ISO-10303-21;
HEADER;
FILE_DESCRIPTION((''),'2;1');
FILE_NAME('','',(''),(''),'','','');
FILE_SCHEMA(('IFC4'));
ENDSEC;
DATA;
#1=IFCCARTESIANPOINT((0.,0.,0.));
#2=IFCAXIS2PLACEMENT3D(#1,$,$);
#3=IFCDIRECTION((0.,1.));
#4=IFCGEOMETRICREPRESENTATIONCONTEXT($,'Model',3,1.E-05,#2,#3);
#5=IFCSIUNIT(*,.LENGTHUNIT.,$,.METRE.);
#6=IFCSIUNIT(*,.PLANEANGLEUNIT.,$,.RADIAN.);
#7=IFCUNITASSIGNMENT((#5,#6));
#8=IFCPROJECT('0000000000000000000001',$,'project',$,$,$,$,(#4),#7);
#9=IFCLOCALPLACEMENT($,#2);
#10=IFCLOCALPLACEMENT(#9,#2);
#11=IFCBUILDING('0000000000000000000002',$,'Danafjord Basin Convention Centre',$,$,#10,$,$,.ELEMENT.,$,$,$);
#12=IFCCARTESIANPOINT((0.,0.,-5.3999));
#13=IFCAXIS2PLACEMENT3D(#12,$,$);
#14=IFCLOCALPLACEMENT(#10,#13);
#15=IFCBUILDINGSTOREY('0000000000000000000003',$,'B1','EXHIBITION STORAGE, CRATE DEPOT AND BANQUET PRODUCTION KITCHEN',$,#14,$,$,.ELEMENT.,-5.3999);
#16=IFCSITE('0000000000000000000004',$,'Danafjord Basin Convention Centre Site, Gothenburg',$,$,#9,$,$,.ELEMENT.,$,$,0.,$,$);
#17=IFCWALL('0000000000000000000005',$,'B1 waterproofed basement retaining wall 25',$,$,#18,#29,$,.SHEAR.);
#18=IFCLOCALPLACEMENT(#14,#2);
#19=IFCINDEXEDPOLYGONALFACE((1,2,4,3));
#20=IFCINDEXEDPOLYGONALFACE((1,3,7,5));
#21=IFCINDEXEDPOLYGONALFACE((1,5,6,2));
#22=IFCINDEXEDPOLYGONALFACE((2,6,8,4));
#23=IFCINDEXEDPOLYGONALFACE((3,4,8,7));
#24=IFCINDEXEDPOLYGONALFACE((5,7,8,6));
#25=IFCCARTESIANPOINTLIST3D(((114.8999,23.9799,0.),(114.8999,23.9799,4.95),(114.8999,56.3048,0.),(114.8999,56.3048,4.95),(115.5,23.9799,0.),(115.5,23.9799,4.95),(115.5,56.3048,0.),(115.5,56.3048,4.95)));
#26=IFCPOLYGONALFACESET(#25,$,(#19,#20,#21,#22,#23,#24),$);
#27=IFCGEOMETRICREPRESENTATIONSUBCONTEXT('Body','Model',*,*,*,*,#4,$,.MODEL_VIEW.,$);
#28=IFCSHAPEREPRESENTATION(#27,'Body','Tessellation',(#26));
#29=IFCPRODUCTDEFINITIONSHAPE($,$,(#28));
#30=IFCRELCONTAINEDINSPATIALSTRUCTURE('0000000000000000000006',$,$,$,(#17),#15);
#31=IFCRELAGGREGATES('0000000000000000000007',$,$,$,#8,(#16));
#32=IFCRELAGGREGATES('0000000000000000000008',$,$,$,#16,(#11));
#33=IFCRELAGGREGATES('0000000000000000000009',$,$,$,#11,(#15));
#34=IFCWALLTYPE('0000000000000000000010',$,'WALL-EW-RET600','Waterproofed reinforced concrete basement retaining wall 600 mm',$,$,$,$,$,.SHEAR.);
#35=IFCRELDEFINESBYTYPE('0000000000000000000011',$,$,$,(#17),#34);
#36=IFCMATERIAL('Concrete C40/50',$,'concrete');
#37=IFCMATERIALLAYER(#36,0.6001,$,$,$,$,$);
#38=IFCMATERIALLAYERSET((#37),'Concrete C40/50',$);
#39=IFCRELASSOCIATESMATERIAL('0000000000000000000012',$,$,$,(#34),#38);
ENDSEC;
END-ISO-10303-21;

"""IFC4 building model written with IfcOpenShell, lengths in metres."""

from ifc_helpers import new_model, si_unit, direction, frame, frame_2d, origin, place, context, subcontext, project, spatial, rectangle, extrude, material, layer, layer_set, type_object, element, save


model = new_model("IFC4")

# Units and contexts
model_context = context("Model", 3, precision=1e-05, world=origin(), true_north=direction((0.0, 1.0)))
body_context = subcontext(model_context, "Body", "Model", "MODEL_VIEW")
ifc_project = project(units=[si_unit("LENGTHUNIT", "METRE"), si_unit("PLANEANGLEUNIT", "RADIAN")], contexts=[model_context])

# Site, building, storey
site_placement = place(None, origin())
site = spatial("IfcSite", under=ifc_project, at=site_placement, Name="Danafjord Basin Convention Centre Site, Gothenburg", CompositionType="ELEMENT", RefElevation=0.0)
building_placement = place(site_placement, origin())
building = spatial("IfcBuilding", under=site, at=building_placement, Name="Danafjord Basin Convention Centre", CompositionType="ELEMENT")
storey_placement = place(building_placement, frame((0.0, 0.0, -5.3999)))
storey = spatial("IfcBuildingStorey", under=building, at=storey_placement, Name="B1", Description="EXHIBITION STORAGE, CRATE DEPOT AND BANQUET PRODUCTION KITCHEN", CompositionType="ELEMENT", Elevation=-5.3999)

# Shared definitions
ifc_material_1 = material(Name="Concrete C40/50", Category="concrete")

# Wall
ifc_layer_1 = layer(ifc_material_1, 0.6001)
ifc_layer_set_1 = layer_set([ifc_layer_1], Name="Concrete C40/50")
wall_type_1 = type_object("IfcWallType", Name="WALL-EW-RET600", Description="Waterproofed reinforced concrete basement retaining wall 600 mm", PredefinedType="SHEAR", material=ifc_layer_set_1)
wall_1_placement = place(storey_placement, frame((115.2, 56.3049, 0.0), z_axis=(0.0, 0.0, 1.0), x_axis=(0.0, -1.0, 0.0)))
element("IfcWall", 1, at=wall_1_placement, inside=storey, type_object=wall_type_1, Name="B1 waterproofed basement retaining wall 25", PredefinedType="SHEAR", context=body_context, shape_type="SweptSolid", body=[
    extrude(rectangle(XDim=32.325, YDim=0.6001, at=frame_2d((16.1626, 0.0))), origin(), (0.0, 0.0, 1.0), 4.95),
])

save(model, "model.ifc")
